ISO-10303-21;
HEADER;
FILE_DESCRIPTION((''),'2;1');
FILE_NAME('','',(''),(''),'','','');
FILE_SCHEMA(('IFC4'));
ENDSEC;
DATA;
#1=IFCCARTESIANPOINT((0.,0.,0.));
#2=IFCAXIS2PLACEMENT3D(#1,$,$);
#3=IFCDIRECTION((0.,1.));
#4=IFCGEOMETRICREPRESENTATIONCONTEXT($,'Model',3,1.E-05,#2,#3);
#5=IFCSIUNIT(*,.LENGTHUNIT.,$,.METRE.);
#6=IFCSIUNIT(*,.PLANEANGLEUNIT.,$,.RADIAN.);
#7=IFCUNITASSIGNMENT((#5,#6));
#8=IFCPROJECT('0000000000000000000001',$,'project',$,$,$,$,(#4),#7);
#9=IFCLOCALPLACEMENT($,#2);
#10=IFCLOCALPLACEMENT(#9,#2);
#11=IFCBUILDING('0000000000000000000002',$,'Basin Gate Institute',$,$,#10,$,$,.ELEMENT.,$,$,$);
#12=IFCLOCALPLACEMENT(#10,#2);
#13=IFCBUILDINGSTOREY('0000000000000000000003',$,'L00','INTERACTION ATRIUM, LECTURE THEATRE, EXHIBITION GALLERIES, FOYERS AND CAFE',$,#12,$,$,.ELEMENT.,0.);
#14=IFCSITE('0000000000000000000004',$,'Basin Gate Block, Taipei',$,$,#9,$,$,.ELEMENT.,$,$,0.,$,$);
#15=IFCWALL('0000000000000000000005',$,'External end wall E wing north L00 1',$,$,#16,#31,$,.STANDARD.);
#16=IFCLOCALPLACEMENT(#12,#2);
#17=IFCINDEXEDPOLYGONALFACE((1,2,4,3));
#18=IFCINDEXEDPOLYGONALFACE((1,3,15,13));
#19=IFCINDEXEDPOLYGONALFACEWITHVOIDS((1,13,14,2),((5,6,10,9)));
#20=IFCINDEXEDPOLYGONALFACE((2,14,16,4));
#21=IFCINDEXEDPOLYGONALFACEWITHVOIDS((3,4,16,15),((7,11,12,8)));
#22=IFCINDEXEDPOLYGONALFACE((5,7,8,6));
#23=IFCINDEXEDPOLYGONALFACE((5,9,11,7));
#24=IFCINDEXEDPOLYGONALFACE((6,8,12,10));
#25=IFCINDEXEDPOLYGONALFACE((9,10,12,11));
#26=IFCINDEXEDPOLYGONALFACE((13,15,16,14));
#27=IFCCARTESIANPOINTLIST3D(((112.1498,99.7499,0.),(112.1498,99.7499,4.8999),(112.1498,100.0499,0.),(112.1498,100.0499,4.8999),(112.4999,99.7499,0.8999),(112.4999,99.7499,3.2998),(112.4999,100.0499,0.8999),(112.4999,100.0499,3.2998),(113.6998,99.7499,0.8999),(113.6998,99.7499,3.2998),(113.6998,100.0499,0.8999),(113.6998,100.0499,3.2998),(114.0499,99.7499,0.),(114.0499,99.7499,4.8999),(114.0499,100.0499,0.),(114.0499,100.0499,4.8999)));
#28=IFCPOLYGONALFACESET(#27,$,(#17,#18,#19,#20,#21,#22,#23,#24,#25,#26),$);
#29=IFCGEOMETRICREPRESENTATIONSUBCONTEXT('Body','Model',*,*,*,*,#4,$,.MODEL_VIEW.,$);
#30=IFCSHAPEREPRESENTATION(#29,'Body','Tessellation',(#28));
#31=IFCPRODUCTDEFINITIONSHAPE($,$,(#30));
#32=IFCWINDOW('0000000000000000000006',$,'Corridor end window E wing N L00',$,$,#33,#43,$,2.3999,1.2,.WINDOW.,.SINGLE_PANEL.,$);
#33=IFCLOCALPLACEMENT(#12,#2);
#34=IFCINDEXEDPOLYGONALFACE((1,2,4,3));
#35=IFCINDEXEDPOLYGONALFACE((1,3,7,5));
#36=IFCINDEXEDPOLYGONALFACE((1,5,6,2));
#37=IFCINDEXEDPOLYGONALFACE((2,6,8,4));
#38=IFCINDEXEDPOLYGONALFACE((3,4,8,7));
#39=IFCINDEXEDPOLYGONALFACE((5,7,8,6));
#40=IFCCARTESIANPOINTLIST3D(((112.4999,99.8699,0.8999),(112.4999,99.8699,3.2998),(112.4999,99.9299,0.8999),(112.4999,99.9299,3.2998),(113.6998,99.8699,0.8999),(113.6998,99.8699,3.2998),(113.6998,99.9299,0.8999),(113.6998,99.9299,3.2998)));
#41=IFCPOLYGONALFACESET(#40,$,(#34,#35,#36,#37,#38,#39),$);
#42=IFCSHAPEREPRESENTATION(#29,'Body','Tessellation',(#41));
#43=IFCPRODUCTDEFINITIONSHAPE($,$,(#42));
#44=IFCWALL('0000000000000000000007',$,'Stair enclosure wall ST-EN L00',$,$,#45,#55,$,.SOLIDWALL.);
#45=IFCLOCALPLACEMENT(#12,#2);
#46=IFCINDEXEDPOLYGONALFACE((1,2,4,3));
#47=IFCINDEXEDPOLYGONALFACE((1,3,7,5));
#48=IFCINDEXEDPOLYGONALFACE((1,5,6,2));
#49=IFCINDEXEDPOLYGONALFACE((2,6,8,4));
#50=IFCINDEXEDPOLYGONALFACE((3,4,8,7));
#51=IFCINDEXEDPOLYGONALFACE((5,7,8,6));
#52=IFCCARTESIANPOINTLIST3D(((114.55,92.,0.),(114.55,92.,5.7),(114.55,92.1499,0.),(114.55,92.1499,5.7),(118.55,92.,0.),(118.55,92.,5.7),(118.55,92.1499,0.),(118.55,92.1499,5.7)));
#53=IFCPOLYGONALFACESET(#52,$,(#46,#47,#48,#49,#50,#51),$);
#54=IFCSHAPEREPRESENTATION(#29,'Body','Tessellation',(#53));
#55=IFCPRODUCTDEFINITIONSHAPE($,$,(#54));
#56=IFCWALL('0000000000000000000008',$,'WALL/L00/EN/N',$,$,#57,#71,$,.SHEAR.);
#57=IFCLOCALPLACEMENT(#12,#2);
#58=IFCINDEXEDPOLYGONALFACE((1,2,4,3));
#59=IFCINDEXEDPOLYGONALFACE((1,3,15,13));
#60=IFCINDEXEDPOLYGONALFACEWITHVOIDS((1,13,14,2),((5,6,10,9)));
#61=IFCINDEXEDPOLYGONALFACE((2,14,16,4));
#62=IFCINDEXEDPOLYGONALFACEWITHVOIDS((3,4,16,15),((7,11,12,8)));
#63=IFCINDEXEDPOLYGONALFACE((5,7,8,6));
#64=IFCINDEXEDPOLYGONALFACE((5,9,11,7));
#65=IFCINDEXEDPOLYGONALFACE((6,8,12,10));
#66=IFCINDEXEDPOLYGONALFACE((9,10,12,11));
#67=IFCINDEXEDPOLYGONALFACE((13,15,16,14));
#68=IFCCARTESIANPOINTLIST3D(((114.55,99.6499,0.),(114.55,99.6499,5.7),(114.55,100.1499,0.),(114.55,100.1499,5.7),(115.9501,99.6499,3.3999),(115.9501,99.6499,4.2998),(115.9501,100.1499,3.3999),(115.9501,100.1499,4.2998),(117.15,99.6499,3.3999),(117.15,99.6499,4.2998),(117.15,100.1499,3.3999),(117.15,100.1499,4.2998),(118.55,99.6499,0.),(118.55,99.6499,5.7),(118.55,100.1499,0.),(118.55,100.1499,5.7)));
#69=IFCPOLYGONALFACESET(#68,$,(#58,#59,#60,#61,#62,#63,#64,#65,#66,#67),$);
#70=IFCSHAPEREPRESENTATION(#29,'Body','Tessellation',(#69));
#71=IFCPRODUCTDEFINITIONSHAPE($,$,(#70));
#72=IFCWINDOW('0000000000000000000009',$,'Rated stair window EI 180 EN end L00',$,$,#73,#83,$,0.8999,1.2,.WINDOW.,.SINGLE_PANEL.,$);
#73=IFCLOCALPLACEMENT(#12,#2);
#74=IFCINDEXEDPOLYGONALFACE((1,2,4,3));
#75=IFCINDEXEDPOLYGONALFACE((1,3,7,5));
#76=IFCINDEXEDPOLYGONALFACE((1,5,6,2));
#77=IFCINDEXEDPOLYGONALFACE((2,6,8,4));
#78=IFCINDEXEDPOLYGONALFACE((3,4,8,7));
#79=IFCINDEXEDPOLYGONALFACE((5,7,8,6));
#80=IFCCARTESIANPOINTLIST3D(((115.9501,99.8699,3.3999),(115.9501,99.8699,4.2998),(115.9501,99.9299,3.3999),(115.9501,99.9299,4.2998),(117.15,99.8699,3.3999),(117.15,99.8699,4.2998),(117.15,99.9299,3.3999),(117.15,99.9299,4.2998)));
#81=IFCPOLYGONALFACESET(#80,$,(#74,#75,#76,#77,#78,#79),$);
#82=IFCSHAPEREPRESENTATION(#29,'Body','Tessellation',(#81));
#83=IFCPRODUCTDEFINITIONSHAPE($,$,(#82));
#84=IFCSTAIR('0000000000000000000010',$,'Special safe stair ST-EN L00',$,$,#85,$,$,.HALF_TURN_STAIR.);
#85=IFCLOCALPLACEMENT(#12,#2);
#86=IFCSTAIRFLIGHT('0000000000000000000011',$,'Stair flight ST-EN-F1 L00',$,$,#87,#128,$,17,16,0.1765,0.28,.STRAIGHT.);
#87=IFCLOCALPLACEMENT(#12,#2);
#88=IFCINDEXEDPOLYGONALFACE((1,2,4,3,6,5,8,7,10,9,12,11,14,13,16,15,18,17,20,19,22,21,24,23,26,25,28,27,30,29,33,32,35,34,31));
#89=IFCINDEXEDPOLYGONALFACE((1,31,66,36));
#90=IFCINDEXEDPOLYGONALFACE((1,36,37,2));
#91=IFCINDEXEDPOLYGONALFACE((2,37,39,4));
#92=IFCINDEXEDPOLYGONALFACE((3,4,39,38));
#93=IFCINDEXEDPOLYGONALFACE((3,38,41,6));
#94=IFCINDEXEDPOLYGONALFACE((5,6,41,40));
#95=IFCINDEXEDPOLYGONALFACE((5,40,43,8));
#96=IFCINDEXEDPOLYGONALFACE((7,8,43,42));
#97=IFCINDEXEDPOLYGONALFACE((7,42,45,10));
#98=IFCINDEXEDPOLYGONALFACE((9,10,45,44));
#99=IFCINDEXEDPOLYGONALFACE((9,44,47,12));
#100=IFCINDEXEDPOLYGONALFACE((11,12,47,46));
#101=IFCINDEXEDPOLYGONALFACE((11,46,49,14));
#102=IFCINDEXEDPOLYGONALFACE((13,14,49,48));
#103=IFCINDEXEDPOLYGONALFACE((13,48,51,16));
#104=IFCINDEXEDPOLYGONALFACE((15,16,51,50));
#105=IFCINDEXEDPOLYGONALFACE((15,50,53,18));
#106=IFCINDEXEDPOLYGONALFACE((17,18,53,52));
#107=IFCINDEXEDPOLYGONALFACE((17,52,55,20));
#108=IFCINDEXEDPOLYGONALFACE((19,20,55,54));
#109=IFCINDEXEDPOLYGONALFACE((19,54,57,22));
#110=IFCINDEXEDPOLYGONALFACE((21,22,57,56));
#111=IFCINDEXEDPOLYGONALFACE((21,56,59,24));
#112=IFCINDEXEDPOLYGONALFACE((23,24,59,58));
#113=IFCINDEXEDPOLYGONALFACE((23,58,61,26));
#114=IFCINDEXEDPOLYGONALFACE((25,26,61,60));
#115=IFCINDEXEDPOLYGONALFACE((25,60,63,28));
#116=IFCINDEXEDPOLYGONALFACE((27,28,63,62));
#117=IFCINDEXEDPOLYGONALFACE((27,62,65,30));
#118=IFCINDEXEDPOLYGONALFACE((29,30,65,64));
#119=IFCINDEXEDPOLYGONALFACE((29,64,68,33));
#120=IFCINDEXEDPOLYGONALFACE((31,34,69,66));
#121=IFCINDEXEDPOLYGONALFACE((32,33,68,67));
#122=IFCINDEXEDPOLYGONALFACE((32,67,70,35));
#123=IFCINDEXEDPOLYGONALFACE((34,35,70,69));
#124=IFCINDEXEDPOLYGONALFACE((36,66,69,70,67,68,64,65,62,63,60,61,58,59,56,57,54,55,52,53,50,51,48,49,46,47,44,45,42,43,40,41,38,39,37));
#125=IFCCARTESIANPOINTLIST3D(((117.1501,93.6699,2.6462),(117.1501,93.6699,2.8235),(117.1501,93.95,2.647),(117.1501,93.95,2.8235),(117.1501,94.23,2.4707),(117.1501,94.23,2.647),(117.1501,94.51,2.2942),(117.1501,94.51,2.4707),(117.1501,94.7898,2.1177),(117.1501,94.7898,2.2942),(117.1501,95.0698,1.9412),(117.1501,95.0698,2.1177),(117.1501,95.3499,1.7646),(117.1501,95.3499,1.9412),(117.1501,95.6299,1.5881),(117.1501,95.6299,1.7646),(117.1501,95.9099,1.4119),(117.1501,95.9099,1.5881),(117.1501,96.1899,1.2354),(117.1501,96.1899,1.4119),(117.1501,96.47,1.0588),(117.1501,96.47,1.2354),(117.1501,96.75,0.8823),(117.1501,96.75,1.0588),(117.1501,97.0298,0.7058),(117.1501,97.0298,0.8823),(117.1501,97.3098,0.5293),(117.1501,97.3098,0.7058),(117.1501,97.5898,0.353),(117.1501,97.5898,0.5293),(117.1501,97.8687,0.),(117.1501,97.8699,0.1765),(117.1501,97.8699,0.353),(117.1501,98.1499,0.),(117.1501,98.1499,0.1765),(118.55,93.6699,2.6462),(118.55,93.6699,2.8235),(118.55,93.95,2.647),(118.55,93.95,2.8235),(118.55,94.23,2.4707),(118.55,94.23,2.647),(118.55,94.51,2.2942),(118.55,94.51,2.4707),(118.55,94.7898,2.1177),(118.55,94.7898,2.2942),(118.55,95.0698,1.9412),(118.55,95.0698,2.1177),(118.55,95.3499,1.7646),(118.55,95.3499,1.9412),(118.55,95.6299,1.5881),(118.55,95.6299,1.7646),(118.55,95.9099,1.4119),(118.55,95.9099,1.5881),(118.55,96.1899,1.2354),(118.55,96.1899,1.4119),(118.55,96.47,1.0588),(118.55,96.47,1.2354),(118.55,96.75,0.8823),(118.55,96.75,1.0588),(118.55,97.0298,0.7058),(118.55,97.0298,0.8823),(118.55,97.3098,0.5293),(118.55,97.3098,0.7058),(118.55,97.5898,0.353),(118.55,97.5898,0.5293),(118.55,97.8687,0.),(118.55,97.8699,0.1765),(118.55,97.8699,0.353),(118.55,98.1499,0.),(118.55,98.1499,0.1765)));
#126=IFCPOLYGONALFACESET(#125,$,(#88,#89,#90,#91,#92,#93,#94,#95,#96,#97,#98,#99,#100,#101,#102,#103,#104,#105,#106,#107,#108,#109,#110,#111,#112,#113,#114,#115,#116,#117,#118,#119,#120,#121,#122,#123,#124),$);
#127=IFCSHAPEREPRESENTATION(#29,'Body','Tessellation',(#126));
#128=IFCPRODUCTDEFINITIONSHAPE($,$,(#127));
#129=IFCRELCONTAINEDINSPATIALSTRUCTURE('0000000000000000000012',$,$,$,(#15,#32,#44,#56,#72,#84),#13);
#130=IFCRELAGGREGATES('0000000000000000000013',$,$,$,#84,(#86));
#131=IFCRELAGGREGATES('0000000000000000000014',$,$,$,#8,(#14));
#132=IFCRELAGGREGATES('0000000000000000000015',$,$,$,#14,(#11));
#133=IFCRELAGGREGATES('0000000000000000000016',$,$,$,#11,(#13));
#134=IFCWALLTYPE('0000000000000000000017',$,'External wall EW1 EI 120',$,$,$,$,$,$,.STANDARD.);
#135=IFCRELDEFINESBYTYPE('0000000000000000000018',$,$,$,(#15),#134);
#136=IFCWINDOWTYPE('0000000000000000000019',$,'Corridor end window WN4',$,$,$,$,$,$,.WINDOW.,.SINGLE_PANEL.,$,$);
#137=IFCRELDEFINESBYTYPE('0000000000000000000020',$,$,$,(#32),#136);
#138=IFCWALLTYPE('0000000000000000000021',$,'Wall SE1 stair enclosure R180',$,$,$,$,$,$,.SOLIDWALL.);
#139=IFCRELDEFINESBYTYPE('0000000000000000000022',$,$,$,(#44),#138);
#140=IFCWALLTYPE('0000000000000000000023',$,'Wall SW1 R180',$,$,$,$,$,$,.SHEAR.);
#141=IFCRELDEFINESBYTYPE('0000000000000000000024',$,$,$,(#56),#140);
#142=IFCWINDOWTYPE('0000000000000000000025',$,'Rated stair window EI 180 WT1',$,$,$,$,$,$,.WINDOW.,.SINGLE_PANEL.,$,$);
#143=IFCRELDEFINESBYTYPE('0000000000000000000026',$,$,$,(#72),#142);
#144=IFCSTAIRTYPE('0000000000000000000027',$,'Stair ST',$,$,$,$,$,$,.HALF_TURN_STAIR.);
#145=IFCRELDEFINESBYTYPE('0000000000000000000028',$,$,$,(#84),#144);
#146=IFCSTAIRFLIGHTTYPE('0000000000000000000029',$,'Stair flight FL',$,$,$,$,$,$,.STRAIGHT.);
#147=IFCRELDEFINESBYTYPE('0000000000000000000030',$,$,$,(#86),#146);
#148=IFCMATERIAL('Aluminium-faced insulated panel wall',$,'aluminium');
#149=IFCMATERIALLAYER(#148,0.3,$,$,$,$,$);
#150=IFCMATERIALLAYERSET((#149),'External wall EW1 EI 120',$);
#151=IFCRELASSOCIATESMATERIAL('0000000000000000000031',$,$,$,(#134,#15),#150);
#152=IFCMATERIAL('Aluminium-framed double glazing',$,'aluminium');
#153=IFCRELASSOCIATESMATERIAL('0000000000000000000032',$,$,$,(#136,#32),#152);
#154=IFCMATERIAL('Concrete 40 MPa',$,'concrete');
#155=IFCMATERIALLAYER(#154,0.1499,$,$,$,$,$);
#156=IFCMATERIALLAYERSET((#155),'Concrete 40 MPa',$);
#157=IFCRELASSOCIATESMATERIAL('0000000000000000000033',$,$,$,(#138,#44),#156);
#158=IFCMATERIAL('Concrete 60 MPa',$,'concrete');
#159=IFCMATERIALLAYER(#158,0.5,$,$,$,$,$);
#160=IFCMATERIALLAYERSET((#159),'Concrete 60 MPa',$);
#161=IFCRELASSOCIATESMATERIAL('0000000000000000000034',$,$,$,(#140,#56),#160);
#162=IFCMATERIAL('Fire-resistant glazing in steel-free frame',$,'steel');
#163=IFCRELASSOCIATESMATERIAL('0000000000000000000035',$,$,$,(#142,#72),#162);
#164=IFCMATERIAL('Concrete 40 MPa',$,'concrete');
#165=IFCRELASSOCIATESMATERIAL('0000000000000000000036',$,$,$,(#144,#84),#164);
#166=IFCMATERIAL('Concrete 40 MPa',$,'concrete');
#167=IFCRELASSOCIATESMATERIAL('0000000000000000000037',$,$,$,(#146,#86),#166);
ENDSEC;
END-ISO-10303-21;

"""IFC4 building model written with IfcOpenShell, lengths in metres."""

from ifc_helpers import new_model, si_unit, direction, frame, frame_2d, origin, place, context, subcontext, project, spatial, polyline, rectangle, outline, extrude, material, layer, layer_set, type_object, element, fill, aggregate, save


model = new_model("IFC4")

# Units and contexts
model_context = context("Model", 3, precision=1e-05, world=origin(), true_north=direction((0.0, 1.0)))
body_context = subcontext(model_context, "Body", "Model", "MODEL_VIEW")
ifc_project = project(units=[si_unit("LENGTHUNIT", "METRE"), si_unit("PLANEANGLEUNIT", "RADIAN")], contexts=[model_context])

# Site, building, storey
site_placement = place(None, origin())
site = spatial("IfcSite", under=ifc_project, at=site_placement, Name="Basin Gate Block, Taipei", CompositionType="ELEMENT", RefElevation=0.0)
building_placement = place(site_placement, origin())
building = spatial("IfcBuilding", under=site, at=building_placement, Name="Basin Gate Institute", CompositionType="ELEMENT")
storey_placement = place(building_placement, origin())
storey = spatial("IfcBuildingStorey", under=building, at=storey_placement, Name="L00", Description="INTERACTION ATRIUM, LECTURE THEATRE, EXHIBITION GALLERIES, FOYERS AND CAFE", CompositionType="ELEMENT", Elevation=0.0)

# Wall, opening, window
ifc_material_1 = material(Name="Aluminium-faced insulated panel wall", Category="aluminium")
ifc_layer_1 = layer(ifc_material_1, 0.3)
ifc_layer_set_1 = layer_set([ifc_layer_1], Name="External wall EW1 EI 120")
wall_type_1 = type_object("IfcWallType", Name="External wall EW1 EI 120", PredefinedType="STANDARD", material=ifc_layer_set_1)
wall_1_placement = place(storey_placement, frame((114.05, 99.8999, 0.0), z_axis=(0.0, 0.0, 1.0), x_axis=(-1.0, 0.0, 0.0)))
wall_1 = element("IfcWall", 1, at=wall_1_placement, inside=storey, type_object=wall_type_1, material=ifc_layer_set_1, Name="External end wall E wing north L00 1", PredefinedType="STANDARD", context=body_context, shape_type="SweptSolid", body=[
    extrude(rectangle(XDim=1.9001, YDim=0.3, at=frame_2d((0.9502, 0.0))), origin(), (0.0, 0.0, 1.0), 4.8999),
])
opening_1_placement = place(wall_1_placement, frame((0.3501, 0.0, 0.8999)))
opening_1 = element("IfcOpeningElement", 2, at=opening_1_placement, cuts=wall_1, PredefinedType="OPENING", context=body_context, shape_type="SweptSolid", body=[
    extrude(rectangle(XDim=1.2, YDim=2.3999, at=frame_2d((0.6001, 1.2))), frame((0.0, 0.1602, 0.0), z_axis=(0.0, -1.0, 0.0), x_axis=(1.0, 0.0, 0.0)), (0.0, 0.0, 1.0), 0.3201),
])
ifc_material_2 = material(Name="Aluminium-framed double glazing", Category="aluminium")
window_type_1 = type_object("IfcWindowType", Name="Corridor end window WN4", PartitioningType="SINGLE_PANEL", PredefinedType="WINDOW", material=ifc_material_2)
window_1_placement = place(opening_1_placement, origin())
window_1 = element("IfcWindow", 3, at=window_1_placement, inside=storey, type_object=window_type_1, material=ifc_material_2, Name="Corridor end window E wing N L00", OverallHeight=2.3999, OverallWidth=1.2, PartitioningType="SINGLE_PANEL", PredefinedType="WINDOW", context=body_context, shape_type="SweptSolid", body=[
    extrude(rectangle(XDim=1.2, YDim=2.3999, at=frame_2d((0.6001, 1.2))), frame((0.0, 0.03, 0.0), z_axis=(0.0, -1.0, 0.0), x_axis=(1.0, 0.0, 0.0)), (0.0, 0.0, 1.0), 0.0601),
])
fill(opening_1, window_1)

# Wall
ifc_material_3 = material(Name="Concrete 40 MPa", Category="concrete")
ifc_layer_2 = layer(ifc_material_3, 0.1499)
ifc_layer_set_2 = layer_set([ifc_layer_2], Name="Concrete 40 MPa")
wall_type_2 = type_object("IfcWallType", Name="Wall SE1 stair enclosure R180", PredefinedType="SOLIDWALL", material=ifc_layer_set_2)
wall_2_placement = place(storey_placement, frame((118.55, 92.075, 0.0), z_axis=(0.0, 0.0, 1.0), x_axis=(-1.0, 0.0, 0.0)))
element("IfcWall", 4, at=wall_2_placement, inside=storey, type_object=wall_type_2, material=ifc_layer_set_2, Name="Stair enclosure wall ST-EN L00", PredefinedType="SOLIDWALL", context=body_context, shape_type="SweptSolid", body=[
    extrude(rectangle(XDim=4.0, YDim=0.1499, at=frame_2d((2.0, 0.0))), origin(), (0.0, 0.0, 1.0), 5.7),
])

# Wall, opening, window
ifc_material_4 = material(Name="Concrete 60 MPa", Category="concrete")
ifc_layer_3 = layer(ifc_material_4, 0.5)
ifc_layer_set_3 = layer_set([ifc_layer_3], Name="Concrete 60 MPa")
wall_type_3 = type_object("IfcWallType", Name="Wall SW1 R180", PredefinedType="SHEAR", material=ifc_layer_set_3)
wall_3_placement = place(storey_placement, frame((118.55, 99.8999, 0.0), z_axis=(0.0, 0.0, 1.0), x_axis=(-1.0, 0.0, 0.0)))
wall_3 = element("IfcWall", 5, at=wall_3_placement, inside=storey, type_object=wall_type_3, material=ifc_layer_set_3, Name="WALL/L00/EN/N", PredefinedType="SHEAR", context=body_context, shape_type="SweptSolid", body=[
    extrude(rectangle(XDim=4.0, YDim=0.5, at=frame_2d((2.0, 0.0))), origin(), (0.0, 0.0, 1.0), 5.7),
])
opening_2_placement = place(wall_3_placement, frame((1.3999, 0.0, 3.3999)))
opening_2 = element("IfcOpeningElement", 6, at=opening_2_placement, cuts=wall_3, PredefinedType="OPENING", context=body_context, shape_type="SweptSolid", body=[
    extrude(rectangle(XDim=1.2, YDim=0.8999, at=frame_2d((0.6001, 0.45))), frame((0.0, 0.26, 0.0), z_axis=(0.0, -1.0, 0.0), x_axis=(1.0, 0.0, 0.0)), (0.0, 0.0, 1.0), 0.52),
])
ifc_material_5 = material(Name="Fire-resistant glazing in steel-free frame", Category="steel")
window_type_2 = type_object("IfcWindowType", Name="Rated stair window EI 180 WT1", PartitioningType="SINGLE_PANEL", PredefinedType="WINDOW", material=ifc_material_5)
window_2_placement = place(opening_2_placement, origin())
window_2 = element("IfcWindow", 7, at=window_2_placement, inside=storey, type_object=window_type_2, material=ifc_material_5, Name="Rated stair window EI 180 EN end L00", OverallHeight=0.8999, OverallWidth=1.2, PartitioningType="SINGLE_PANEL", PredefinedType="WINDOW", context=body_context, shape_type="SweptSolid", body=[
    extrude(rectangle(XDim=1.2, YDim=0.8999, at=frame_2d((0.6001, 0.45))), frame((0.0, 0.03, 0.0), z_axis=(0.0, -1.0, 0.0), x_axis=(1.0, 0.0, 0.0)), (0.0, 0.0, 1.0), 0.0601),
])
fill(opening_2, window_2)

# Stair, stair flight
ifc_material_6 = material(Name="Concrete 40 MPa", Category="concrete")
stair_type = type_object("IfcStairType", Name="Stair ST", PredefinedType="HALF_TURN_STAIR", material=ifc_material_6)
stair_placement = place(storey_placement, origin())
stair = element("IfcStair", 8, at=stair_placement, inside=storey, type_object=stair_type, material=ifc_material_6, Name="Special safe stair ST-EN L00", PredefinedType="HALF_TURN_STAIR")
ifc_material_7 = material(Name="Concrete 40 MPa", Category="concrete")
stair_flight_type = type_object("IfcStairFlightType", Name="Stair flight FL", PredefinedType="STRAIGHT", material=ifc_material_7)
stair_flight_1_placement = place(storey_placement, frame((117.8501, 98.1499, 0.0), z_axis=(0.0, 0.0, 1.0), x_axis=(0.0, -1.0, 0.0)))
stair_flight_1 = element("IfcStairFlight", 9, at=stair_flight_1_placement, type_object=stair_flight_type, material=ifc_material_7, Name="Stair flight ST-EN-F1 L00", NumberOfRisers=17, NumberOfTreads=16, PredefinedType="STRAIGHT", RiserHeight=0.1765, TreadLength=0.28, context=body_context, shape_type="SweptSolid", body=[
    extrude(outline(polyline([(0.0, 0.0), (0.0, 0.1765), (0.28, 0.1765), (0.28, 0.353), (0.5601, 0.353), (0.5601, 0.5293), (0.8401, 0.5293), (0.8401, 0.7058), (1.1201, 0.7058), (1.1201, 0.8823), (1.3999, 0.8823), (1.3999, 1.0588), (1.6799, 1.0588), (1.6799, 1.2354), (1.96, 1.2354), (1.96, 1.4119), (2.24, 1.4119), (2.24, 1.5881), (2.52, 1.5881), (2.52, 1.7646), (2.8, 1.7646), (2.8, 1.9412), (3.0801, 1.9412), (3.0801, 2.1177), (3.3601, 2.1177), (3.3601, 2.2942), (3.6399, 2.2942), (3.6399, 2.4707), (3.9199, 2.4707), (3.9199, 2.647), (4.2, 2.647), (4.2, 2.8235), (4.48, 2.8235), (4.48, 3.0), (4.48, 2.6462), (0.2812, 0.0), (0.0, 0.0)])), frame((0.0, 0.7, 0.0), z_axis=(0.0, -1.0, 0.0), x_axis=(1.0, 0.0, 0.0)), (0.0, 0.0, 1.0), 1.3999),
])
aggregate(stair, [stair_flight_1])

save(model, "model.ifc")
